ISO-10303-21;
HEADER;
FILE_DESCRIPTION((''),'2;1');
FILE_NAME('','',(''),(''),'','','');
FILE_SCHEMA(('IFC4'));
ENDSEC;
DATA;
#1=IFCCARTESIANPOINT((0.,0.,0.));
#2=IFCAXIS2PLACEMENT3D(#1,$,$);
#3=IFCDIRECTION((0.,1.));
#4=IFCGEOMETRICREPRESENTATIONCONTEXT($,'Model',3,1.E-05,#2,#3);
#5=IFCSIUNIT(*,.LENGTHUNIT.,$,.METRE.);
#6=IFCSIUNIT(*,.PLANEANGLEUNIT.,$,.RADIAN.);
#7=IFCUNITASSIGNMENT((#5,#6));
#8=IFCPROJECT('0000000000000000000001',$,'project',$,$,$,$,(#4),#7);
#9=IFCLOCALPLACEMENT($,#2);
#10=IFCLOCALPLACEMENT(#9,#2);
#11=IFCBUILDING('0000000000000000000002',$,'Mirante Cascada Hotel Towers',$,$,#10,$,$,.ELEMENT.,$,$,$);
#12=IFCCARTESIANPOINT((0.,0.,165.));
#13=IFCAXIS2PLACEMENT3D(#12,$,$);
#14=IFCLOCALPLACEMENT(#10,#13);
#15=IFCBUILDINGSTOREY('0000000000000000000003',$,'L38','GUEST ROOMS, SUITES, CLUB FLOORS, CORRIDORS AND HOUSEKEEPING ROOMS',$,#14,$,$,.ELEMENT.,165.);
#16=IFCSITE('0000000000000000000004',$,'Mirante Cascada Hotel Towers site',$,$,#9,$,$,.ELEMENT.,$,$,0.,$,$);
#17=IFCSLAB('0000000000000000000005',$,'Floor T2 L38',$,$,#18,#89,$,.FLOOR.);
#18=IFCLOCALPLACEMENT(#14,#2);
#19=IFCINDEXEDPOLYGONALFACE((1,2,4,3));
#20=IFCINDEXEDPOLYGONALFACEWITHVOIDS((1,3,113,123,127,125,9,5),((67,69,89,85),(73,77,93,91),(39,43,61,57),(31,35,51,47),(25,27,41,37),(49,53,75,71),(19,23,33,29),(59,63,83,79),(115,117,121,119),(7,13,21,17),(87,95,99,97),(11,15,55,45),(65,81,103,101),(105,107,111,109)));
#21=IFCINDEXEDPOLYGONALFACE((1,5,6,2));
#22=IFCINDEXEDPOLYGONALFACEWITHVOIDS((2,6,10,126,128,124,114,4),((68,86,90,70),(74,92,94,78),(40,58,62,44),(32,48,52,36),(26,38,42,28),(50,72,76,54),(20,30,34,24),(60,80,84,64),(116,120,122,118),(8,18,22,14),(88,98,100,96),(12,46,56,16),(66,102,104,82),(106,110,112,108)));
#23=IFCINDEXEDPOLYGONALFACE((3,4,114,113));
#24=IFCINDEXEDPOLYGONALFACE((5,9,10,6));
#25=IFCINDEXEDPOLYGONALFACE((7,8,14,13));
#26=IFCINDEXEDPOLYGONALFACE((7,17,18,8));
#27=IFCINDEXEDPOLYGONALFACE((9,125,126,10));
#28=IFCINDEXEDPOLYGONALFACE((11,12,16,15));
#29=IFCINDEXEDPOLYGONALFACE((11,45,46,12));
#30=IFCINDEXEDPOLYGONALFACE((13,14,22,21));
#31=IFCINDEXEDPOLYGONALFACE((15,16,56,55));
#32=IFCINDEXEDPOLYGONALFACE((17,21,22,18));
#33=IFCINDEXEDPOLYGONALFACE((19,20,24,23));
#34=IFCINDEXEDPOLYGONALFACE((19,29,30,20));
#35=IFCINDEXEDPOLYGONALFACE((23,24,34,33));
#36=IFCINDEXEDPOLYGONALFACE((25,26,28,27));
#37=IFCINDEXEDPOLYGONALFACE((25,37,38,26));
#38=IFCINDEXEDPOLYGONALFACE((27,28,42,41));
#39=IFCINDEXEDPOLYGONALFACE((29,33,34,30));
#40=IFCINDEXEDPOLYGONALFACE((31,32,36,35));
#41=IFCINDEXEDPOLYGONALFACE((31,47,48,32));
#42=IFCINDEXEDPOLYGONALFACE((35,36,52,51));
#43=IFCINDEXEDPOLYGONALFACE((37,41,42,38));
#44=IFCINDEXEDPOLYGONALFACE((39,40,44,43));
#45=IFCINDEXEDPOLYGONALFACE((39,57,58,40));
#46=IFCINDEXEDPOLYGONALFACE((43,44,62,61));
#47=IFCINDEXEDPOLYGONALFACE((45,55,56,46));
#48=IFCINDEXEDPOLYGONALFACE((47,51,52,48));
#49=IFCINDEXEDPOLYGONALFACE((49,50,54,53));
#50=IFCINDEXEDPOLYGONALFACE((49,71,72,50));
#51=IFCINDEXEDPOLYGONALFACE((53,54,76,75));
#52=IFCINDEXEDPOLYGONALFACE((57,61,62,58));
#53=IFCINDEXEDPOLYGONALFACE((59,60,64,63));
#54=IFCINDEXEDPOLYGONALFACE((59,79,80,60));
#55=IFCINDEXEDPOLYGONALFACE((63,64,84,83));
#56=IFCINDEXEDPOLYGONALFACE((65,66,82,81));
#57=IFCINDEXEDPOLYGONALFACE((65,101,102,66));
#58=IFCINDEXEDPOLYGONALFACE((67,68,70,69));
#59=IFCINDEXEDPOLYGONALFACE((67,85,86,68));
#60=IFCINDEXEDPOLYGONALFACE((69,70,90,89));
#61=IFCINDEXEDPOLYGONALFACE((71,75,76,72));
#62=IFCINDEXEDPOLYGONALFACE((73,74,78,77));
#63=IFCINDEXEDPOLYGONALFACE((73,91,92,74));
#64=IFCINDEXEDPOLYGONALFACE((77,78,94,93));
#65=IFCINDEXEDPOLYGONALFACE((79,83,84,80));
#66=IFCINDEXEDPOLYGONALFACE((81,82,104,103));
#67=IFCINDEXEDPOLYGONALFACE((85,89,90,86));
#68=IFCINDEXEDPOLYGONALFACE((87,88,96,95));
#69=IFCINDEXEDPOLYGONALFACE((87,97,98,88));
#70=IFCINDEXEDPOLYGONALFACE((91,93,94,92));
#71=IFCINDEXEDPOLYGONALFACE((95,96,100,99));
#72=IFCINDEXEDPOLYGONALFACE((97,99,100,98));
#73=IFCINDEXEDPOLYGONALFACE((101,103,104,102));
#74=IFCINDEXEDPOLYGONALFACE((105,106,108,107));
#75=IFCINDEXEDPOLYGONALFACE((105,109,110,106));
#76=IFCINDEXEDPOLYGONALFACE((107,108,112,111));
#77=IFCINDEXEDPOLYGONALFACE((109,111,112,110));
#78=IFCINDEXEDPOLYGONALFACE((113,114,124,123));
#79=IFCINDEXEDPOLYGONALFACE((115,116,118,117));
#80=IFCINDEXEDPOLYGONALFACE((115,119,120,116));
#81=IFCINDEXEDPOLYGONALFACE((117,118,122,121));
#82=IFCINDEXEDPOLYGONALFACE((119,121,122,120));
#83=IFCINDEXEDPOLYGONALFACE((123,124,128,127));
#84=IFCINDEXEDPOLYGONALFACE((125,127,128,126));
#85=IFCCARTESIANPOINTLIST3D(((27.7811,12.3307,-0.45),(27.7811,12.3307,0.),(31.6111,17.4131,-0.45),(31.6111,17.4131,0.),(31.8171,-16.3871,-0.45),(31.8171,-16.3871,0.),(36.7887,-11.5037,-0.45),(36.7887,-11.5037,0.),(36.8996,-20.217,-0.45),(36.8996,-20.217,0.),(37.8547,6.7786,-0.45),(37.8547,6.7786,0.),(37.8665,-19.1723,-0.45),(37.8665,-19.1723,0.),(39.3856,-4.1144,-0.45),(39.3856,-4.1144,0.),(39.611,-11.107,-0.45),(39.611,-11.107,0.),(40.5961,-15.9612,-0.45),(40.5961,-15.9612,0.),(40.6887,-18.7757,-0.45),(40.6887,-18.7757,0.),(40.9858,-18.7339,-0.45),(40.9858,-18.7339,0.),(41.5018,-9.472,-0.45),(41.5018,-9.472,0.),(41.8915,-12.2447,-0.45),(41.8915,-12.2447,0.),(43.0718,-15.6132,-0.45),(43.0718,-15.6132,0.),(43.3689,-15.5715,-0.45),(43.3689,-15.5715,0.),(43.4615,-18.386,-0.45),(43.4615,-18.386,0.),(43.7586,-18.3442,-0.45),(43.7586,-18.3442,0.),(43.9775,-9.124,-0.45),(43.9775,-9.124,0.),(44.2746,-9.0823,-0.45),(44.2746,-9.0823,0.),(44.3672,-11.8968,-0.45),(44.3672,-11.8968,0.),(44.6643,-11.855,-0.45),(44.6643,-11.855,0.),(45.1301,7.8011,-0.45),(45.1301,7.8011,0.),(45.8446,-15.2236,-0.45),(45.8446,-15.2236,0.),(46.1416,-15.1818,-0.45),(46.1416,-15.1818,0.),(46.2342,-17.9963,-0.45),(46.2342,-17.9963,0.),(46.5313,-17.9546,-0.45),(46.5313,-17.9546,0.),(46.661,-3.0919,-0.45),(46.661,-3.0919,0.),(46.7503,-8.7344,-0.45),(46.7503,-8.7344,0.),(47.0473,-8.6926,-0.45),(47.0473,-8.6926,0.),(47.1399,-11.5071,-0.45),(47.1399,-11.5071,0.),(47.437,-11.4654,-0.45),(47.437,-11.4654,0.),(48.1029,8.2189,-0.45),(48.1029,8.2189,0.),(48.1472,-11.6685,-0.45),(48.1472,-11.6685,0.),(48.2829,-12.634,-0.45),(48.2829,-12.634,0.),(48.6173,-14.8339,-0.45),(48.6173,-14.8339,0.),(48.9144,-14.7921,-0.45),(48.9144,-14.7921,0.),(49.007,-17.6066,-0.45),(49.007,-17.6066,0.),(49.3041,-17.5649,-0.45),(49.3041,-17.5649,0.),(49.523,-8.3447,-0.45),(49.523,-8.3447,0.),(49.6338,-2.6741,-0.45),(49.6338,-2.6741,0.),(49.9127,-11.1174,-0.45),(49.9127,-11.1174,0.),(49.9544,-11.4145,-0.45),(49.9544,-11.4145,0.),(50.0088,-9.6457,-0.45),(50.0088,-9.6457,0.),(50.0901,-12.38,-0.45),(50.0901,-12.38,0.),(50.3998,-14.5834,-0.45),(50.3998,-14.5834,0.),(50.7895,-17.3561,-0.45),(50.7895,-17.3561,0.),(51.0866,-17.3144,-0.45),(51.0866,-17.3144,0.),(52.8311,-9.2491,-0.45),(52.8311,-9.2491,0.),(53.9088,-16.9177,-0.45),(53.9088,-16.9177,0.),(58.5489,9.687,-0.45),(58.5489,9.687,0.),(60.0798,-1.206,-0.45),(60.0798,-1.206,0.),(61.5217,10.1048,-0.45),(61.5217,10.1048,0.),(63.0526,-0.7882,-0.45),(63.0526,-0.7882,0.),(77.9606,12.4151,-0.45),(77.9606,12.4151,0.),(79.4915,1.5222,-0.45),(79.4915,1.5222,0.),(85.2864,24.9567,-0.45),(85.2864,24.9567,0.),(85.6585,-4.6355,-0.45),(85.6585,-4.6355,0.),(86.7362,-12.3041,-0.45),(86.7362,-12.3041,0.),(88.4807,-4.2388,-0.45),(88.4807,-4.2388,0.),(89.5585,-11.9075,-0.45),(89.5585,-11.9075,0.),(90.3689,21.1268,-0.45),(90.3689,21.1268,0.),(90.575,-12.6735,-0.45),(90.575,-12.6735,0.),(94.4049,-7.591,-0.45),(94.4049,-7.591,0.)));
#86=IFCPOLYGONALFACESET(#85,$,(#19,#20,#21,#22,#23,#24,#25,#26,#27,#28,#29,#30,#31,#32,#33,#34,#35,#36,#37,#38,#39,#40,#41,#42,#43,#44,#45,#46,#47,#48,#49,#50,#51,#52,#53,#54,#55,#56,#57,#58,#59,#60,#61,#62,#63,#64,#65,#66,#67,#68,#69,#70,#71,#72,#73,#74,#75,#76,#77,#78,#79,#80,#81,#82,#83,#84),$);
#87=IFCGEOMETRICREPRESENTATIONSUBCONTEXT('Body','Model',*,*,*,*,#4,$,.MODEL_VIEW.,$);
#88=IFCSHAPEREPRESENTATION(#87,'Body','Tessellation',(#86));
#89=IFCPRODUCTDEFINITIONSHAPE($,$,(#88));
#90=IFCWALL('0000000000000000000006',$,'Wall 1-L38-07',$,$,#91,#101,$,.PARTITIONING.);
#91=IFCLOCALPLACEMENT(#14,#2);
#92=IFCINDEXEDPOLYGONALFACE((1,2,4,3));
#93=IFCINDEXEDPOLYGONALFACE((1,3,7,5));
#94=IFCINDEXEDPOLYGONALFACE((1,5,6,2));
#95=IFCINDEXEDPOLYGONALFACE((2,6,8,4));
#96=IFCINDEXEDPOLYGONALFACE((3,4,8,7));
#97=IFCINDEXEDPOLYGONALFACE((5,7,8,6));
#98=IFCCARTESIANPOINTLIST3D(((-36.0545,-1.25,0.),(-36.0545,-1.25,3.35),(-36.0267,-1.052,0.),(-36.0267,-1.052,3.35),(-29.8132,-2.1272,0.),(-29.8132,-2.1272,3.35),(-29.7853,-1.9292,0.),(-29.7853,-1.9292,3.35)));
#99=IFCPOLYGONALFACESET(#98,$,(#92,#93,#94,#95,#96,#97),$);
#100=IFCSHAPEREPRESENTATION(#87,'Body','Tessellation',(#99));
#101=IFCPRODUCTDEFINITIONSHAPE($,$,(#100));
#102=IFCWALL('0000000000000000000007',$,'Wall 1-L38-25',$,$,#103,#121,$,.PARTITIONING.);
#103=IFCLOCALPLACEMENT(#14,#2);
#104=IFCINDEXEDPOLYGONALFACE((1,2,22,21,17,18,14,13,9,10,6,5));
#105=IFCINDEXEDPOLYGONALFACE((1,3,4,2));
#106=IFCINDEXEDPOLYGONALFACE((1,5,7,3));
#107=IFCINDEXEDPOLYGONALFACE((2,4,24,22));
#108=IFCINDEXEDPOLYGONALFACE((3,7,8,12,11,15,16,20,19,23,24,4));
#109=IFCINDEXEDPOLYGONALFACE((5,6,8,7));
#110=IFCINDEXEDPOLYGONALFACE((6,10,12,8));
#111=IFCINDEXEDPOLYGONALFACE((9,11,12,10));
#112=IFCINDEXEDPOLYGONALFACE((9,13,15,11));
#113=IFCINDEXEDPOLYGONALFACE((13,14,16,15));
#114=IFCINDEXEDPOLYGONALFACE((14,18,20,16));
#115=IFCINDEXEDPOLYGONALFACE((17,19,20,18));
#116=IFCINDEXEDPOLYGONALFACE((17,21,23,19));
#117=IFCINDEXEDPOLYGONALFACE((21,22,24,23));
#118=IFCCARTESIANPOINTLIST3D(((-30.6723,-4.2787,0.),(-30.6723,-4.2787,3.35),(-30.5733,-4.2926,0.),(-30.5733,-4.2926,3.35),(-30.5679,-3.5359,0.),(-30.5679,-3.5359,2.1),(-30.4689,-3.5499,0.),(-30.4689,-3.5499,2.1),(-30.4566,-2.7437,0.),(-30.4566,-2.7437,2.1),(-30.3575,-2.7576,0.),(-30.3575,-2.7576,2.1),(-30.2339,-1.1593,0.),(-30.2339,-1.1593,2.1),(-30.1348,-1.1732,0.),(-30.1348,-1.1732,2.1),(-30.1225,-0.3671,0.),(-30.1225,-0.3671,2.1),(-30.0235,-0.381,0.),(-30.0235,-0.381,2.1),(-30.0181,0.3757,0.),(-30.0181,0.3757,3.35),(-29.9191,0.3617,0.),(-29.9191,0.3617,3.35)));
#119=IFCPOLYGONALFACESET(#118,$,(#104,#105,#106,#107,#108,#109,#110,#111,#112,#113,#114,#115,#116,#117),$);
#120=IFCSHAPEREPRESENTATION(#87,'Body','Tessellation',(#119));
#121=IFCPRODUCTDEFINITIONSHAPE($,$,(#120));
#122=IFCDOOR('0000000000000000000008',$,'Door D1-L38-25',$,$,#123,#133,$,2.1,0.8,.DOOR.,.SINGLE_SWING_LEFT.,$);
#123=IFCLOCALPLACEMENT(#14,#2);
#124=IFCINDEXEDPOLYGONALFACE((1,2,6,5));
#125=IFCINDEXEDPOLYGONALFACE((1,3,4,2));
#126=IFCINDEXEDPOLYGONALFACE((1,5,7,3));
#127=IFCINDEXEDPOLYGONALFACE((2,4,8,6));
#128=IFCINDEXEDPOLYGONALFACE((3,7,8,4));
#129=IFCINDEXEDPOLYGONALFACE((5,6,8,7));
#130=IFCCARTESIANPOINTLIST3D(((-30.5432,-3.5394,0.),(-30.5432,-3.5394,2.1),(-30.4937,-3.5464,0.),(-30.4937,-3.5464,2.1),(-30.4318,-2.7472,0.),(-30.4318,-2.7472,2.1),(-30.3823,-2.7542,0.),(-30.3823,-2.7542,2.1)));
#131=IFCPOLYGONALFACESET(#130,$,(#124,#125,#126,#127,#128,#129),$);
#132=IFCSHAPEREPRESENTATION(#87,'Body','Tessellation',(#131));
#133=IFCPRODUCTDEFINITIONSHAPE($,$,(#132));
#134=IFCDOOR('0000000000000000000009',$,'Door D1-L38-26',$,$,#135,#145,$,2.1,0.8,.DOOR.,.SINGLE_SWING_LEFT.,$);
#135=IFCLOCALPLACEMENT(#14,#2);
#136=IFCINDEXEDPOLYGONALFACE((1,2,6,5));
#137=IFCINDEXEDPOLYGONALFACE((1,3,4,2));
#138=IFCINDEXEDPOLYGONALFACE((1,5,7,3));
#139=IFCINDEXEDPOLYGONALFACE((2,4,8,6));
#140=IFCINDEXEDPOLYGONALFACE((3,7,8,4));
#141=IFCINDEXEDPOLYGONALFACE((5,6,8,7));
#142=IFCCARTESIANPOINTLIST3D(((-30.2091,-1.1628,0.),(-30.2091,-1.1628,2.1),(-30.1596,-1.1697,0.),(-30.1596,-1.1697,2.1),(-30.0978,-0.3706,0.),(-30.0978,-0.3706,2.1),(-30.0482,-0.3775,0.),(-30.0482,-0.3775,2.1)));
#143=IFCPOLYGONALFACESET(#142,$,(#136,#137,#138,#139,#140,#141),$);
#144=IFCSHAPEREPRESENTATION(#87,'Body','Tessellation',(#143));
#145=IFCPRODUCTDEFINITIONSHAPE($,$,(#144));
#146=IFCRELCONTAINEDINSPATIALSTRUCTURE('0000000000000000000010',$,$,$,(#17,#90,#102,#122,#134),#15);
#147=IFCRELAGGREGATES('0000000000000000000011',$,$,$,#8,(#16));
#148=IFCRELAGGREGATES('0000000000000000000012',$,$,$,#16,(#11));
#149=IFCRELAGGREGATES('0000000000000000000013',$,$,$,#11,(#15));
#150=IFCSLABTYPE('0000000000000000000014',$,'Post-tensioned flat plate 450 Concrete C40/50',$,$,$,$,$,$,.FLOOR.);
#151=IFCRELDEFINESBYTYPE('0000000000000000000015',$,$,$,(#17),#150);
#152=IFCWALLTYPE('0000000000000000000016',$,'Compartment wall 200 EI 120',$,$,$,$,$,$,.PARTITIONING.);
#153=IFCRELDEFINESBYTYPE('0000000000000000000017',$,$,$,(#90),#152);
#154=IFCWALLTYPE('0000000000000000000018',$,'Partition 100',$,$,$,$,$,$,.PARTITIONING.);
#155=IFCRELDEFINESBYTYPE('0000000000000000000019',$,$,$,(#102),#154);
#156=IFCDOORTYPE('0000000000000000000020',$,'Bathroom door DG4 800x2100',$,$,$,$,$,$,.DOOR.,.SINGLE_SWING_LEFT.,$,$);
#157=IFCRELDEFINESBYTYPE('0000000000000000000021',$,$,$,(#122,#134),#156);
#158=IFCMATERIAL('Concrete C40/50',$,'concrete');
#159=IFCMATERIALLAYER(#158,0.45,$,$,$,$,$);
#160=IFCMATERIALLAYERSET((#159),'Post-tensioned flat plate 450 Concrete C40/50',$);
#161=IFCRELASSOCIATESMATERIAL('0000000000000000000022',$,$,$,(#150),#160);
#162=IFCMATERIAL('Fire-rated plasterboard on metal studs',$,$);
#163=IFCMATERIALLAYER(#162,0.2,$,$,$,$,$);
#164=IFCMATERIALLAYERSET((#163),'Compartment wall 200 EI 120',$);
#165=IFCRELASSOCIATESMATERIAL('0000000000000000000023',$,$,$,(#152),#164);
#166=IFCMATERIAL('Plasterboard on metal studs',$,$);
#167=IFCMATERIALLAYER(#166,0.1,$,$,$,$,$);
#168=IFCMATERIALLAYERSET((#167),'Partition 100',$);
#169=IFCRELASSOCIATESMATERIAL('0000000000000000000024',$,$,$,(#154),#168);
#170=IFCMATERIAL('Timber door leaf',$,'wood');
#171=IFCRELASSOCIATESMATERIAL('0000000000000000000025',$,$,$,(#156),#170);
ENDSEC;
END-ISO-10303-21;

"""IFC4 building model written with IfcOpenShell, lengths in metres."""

from ifc_helpers import new_model, si_unit, direction, frame, frame_2d, origin, place, context, subcontext, project, spatial, polyline, rectangle, outline, extrude, material, layer, layer_set, type_object, element, fill, save


model = new_model("IFC4")

# Units and contexts
model_context = context("Model", 3, precision=1e-05, world=origin(), true_north=direction((0.0, 1.0)))
body_context = subcontext(model_context, "Body", "Model", "MODEL_VIEW")
ifc_project = project(units=[si_unit("LENGTHUNIT", "METRE"), si_unit("PLANEANGLEUNIT", "RADIAN")], contexts=[model_context])

# Site, building, storey
site_placement = place(None, origin())
site = spatial("IfcSite", under=ifc_project, at=site_placement, Name="Mirante Cascada Hotel Towers site", CompositionType="ELEMENT", RefElevation=0.0)
building_placement = place(site_placement, origin())
building = spatial("IfcBuilding", under=site, at=building_placement, Name="Mirante Cascada Hotel Towers", CompositionType="ELEMENT")
storey_placement = place(building_placement, frame((0.0, 0.0, 165.0)))
storey = spatial("IfcBuildingStorey", under=building, at=storey_placement, Name="L38", Description="GUEST ROOMS, SUITES, CLUB FLOORS, CORRIDORS AND HOUSEKEEPING ROOMS", CompositionType="ELEMENT", Elevation=165.0)

# Slab
ifc_material_1 = material(Name="Concrete C40/50", Category="concrete")
ifc_layer_1 = layer(ifc_material_1, 0.45)
ifc_layer_set_1 = layer_set([ifc_layer_1], Name="Post-tensioned flat plate 450 Concrete C40/50")
slab_type = type_object("IfcSlabType", Name="Post-tensioned flat plate 450 Concrete C40/50", PredefinedType="FLOOR", material=ifc_layer_set_1)
slab_1_placement = place(storey_placement, frame((0.0, 0.0, -0.45)))
element("IfcSlab", 1, at=slab_1_placement, inside=storey, type_object=slab_type, Name="Floor T2 L38", PredefinedType="FLOOR", context=body_context, shape_type="SweptSolid", body=[
    extrude(outline(polyline([(31.8171, -16.3871), (27.7811, 12.3307), (31.6111, 17.4131), (85.2864, 24.9567), (90.3689, 21.1268), (94.4049, -7.591), (90.575, -12.6735), (36.8996, -20.217), (31.8171, -16.3871)]), holes=[polyline([(40.5961, -15.9612), (40.9858, -18.7339), (43.4615, -18.386), (43.0718, -15.6132), (40.5961, -15.9612)]), polyline([(45.8446, -15.2236), (43.3689, -15.5715), (43.7586, -18.3442), (46.2342, -17.9963), (45.8446, -15.2236)]), polyline([(48.6173, -14.8339), (46.1416, -15.1818), (46.5313, -17.9546), (49.007, -17.6066), (48.6173, -14.8339)]), polyline([(40.6887, -18.7757), (39.611, -11.107), (36.7887, -11.5037), (37.8665, -19.1723), (40.6887, -18.7757)]), polyline([(43.9775, -9.124), (41.5018, -9.472), (41.8915, -12.2447), (44.3672, -11.8968), (43.9775, -9.124)]), polyline([(46.7503, -8.7344), (44.2746, -9.0823), (44.6643, -11.855), (47.1399, -11.5071), (46.7503, -8.7344)]), polyline([(48.9144, -14.7921), (49.3041, -17.5649), (50.7895, -17.3561), (50.3998, -14.5834), (48.9144, -14.7921)]), polyline([(51.0866, -17.3144), (53.9088, -16.9177), (52.8311, -9.2491), (50.0088, -9.6457), (51.0866, -17.3144)]), polyline([(86.7362, -12.3041), (89.5585, -11.9075), (88.4807, -4.2388), (85.6585, -4.6355), (86.7362, -12.3041)]), polyline([(48.1472, -11.6685), (48.2829, -12.634), (50.0901, -12.38), (49.9544, -11.4145), (48.1472, -11.6685)]), polyline([(49.523, -8.3447), (47.0473, -8.6926), (47.437, -11.4654), (49.9127, -11.1174), (49.523, -8.3447)]), polyline([(77.9606, 12.4151), (79.4915, 1.5222), (63.0526, -0.7882), (63.0526, -0.7882), (61.5217, 10.1048), (61.5217, 10.1048), (77.9606, 12.4151)]), polyline([(58.5489, 9.687), (60.0798, -1.206), (60.0798, -1.206), (49.6338, -2.6741), (49.6338, -2.6741), (48.1029, 8.2189), (58.5489, 9.687)]), polyline([(39.3856, -4.1144), (37.8547, 6.7786), (45.1301, 7.8011), (46.661, -3.0919), (46.661, -3.0919), (39.3856, -4.1144)])]), origin(), (0.0, 0.0, 1.0), 0.45),
])

# Wall
ifc_material_2 = material(Name="Fire-rated plasterboard on metal studs")
ifc_layer_2 = layer(ifc_material_2, 0.2)
ifc_layer_set_2 = layer_set([ifc_layer_2], Name="Compartment wall 200 EI 120")
wall_type_1 = type_object("IfcWallType", Name="Compartment wall 200 EI 120", PredefinedType="PARTITIONING", material=ifc_layer_set_2)
wall_1_placement = place(storey_placement, frame((-29.7992, -2.0282, 0.0), z_axis=(0.0, 0.0, 1.0), x_axis=(-0.990267, 0.139178, 0.0)))
element("IfcWall", 2, at=wall_1_placement, inside=storey, type_object=wall_type_1, Name="Wall 1-L38-07", PredefinedType="PARTITIONING", context=body_context, shape_type="SweptSolid", body=[
    extrude(rectangle(XDim=6.3027, YDim=0.2, at=frame_2d((3.1514, 0.0))), origin(), (0.0, 0.0, 1.0), 3.35),
])

# Wall, openings, doors
ifc_material_3 = material(Name="Plasterboard on metal studs")
ifc_layer_3 = layer(ifc_material_3, 0.1)
ifc_layer_set_3 = layer_set([ifc_layer_3], Name="Partition 100")
wall_type_2 = type_object("IfcWallType", Name="Partition 100", PredefinedType="PARTITIONING", material=ifc_layer_set_3)
wall_2_placement = place(storey_placement, frame((-30.6228, -4.2856, 0.0), z_axis=(0.0, 0.0, 1.0), x_axis=(0.13919, 0.990266, 0.0)))
wall_2 = element("IfcWall", 3, at=wall_2_placement, inside=storey, type_object=wall_type_2, Name="Wall 1-L38-25", PredefinedType="PARTITIONING", context=body_context, shape_type="SweptSolid", body=[
    extrude(rectangle(XDim=4.7001, YDim=0.1, at=frame_2d((2.35, 0.0))), origin(), (0.0, 0.0, 1.0), 3.35),
])
opening_1_placement = place(wall_2_placement, frame((0.75, 0.0, 0.0)))
opening_1 = element("IfcOpeningElement", 4, at=opening_1_placement, cuts=wall_2, PredefinedType="OPENING", context=body_context, shape_type="SweptSolid", body=[
    extrude(rectangle(XDim=0.8, YDim=2.1, at=frame_2d((0.4, 1.05))), frame((0.0, 0.05, 0.0), z_axis=(0.0, -1.0, 0.0), x_axis=(1.0, 0.0, 0.0)), (0.0, 0.0, 1.0), 0.1),
])
opening_2_placement = place(wall_2_placement, frame((3.15, 0.0, 0.0)))
opening_2 = element("IfcOpeningElement", 5, at=opening_2_placement, cuts=wall_2, PredefinedType="OPENING", context=body_context, shape_type="SweptSolid", body=[
    extrude(rectangle(XDim=0.8, YDim=2.1, at=frame_2d((0.4, 1.05))), frame((0.0, 0.05, 0.0), z_axis=(0.0, -1.0, 0.0), x_axis=(1.0, 0.0, 0.0)), (0.0, 0.0, 1.0), 0.1),
])
ifc_material_4 = material(Name="Timber door leaf", Category="wood")
door_type = type_object("IfcDoorType", Name="Bathroom door DG4 800x2100", OperationType="SINGLE_SWING_LEFT", PredefinedType="DOOR", material=ifc_material_4)
door_1_placement = place(opening_1_placement, origin())
door_1 = element("IfcDoor", 6, at=door_1_placement, inside=storey, type_object=door_type, Name="Door D1-L38-25", OperationType="SINGLE_SWING_LEFT", OverallHeight=2.1, OverallWidth=0.8, PredefinedType="DOOR", context=body_context, shape_type="SweptSolid", body=[
    extrude(rectangle(XDim=0.8, YDim=2.1, at=frame_2d((0.4, 1.05))), frame((0.0, 0.025, 0.0), z_axis=(0.0, -1.0, 0.0), x_axis=(1.0, 0.0, 0.0)), (0.0, 0.0, 1.0), 0.05),
])
fill(opening_1, door_1)
door_2_placement = place(opening_2_placement, origin())
door_2 = element("IfcDoor", 7, at=door_2_placement, inside=storey, type_object=door_type, Name="Door D1-L38-26", OperationType="SINGLE_SWING_LEFT", OverallHeight=2.1, OverallWidth=0.8, PredefinedType="DOOR", context=body_context, shape_type="SweptSolid", body=[
    extrude(rectangle(XDim=0.8, YDim=2.1, at=frame_2d((0.4, 1.05))), frame((0.0, 0.025, 0.0), z_axis=(0.0, -1.0, 0.0), x_axis=(1.0, 0.0, 0.0)), (0.0, 0.0, 1.0), 0.05),
])
fill(opening_2, door_2)

save(model, "model.ifc")
